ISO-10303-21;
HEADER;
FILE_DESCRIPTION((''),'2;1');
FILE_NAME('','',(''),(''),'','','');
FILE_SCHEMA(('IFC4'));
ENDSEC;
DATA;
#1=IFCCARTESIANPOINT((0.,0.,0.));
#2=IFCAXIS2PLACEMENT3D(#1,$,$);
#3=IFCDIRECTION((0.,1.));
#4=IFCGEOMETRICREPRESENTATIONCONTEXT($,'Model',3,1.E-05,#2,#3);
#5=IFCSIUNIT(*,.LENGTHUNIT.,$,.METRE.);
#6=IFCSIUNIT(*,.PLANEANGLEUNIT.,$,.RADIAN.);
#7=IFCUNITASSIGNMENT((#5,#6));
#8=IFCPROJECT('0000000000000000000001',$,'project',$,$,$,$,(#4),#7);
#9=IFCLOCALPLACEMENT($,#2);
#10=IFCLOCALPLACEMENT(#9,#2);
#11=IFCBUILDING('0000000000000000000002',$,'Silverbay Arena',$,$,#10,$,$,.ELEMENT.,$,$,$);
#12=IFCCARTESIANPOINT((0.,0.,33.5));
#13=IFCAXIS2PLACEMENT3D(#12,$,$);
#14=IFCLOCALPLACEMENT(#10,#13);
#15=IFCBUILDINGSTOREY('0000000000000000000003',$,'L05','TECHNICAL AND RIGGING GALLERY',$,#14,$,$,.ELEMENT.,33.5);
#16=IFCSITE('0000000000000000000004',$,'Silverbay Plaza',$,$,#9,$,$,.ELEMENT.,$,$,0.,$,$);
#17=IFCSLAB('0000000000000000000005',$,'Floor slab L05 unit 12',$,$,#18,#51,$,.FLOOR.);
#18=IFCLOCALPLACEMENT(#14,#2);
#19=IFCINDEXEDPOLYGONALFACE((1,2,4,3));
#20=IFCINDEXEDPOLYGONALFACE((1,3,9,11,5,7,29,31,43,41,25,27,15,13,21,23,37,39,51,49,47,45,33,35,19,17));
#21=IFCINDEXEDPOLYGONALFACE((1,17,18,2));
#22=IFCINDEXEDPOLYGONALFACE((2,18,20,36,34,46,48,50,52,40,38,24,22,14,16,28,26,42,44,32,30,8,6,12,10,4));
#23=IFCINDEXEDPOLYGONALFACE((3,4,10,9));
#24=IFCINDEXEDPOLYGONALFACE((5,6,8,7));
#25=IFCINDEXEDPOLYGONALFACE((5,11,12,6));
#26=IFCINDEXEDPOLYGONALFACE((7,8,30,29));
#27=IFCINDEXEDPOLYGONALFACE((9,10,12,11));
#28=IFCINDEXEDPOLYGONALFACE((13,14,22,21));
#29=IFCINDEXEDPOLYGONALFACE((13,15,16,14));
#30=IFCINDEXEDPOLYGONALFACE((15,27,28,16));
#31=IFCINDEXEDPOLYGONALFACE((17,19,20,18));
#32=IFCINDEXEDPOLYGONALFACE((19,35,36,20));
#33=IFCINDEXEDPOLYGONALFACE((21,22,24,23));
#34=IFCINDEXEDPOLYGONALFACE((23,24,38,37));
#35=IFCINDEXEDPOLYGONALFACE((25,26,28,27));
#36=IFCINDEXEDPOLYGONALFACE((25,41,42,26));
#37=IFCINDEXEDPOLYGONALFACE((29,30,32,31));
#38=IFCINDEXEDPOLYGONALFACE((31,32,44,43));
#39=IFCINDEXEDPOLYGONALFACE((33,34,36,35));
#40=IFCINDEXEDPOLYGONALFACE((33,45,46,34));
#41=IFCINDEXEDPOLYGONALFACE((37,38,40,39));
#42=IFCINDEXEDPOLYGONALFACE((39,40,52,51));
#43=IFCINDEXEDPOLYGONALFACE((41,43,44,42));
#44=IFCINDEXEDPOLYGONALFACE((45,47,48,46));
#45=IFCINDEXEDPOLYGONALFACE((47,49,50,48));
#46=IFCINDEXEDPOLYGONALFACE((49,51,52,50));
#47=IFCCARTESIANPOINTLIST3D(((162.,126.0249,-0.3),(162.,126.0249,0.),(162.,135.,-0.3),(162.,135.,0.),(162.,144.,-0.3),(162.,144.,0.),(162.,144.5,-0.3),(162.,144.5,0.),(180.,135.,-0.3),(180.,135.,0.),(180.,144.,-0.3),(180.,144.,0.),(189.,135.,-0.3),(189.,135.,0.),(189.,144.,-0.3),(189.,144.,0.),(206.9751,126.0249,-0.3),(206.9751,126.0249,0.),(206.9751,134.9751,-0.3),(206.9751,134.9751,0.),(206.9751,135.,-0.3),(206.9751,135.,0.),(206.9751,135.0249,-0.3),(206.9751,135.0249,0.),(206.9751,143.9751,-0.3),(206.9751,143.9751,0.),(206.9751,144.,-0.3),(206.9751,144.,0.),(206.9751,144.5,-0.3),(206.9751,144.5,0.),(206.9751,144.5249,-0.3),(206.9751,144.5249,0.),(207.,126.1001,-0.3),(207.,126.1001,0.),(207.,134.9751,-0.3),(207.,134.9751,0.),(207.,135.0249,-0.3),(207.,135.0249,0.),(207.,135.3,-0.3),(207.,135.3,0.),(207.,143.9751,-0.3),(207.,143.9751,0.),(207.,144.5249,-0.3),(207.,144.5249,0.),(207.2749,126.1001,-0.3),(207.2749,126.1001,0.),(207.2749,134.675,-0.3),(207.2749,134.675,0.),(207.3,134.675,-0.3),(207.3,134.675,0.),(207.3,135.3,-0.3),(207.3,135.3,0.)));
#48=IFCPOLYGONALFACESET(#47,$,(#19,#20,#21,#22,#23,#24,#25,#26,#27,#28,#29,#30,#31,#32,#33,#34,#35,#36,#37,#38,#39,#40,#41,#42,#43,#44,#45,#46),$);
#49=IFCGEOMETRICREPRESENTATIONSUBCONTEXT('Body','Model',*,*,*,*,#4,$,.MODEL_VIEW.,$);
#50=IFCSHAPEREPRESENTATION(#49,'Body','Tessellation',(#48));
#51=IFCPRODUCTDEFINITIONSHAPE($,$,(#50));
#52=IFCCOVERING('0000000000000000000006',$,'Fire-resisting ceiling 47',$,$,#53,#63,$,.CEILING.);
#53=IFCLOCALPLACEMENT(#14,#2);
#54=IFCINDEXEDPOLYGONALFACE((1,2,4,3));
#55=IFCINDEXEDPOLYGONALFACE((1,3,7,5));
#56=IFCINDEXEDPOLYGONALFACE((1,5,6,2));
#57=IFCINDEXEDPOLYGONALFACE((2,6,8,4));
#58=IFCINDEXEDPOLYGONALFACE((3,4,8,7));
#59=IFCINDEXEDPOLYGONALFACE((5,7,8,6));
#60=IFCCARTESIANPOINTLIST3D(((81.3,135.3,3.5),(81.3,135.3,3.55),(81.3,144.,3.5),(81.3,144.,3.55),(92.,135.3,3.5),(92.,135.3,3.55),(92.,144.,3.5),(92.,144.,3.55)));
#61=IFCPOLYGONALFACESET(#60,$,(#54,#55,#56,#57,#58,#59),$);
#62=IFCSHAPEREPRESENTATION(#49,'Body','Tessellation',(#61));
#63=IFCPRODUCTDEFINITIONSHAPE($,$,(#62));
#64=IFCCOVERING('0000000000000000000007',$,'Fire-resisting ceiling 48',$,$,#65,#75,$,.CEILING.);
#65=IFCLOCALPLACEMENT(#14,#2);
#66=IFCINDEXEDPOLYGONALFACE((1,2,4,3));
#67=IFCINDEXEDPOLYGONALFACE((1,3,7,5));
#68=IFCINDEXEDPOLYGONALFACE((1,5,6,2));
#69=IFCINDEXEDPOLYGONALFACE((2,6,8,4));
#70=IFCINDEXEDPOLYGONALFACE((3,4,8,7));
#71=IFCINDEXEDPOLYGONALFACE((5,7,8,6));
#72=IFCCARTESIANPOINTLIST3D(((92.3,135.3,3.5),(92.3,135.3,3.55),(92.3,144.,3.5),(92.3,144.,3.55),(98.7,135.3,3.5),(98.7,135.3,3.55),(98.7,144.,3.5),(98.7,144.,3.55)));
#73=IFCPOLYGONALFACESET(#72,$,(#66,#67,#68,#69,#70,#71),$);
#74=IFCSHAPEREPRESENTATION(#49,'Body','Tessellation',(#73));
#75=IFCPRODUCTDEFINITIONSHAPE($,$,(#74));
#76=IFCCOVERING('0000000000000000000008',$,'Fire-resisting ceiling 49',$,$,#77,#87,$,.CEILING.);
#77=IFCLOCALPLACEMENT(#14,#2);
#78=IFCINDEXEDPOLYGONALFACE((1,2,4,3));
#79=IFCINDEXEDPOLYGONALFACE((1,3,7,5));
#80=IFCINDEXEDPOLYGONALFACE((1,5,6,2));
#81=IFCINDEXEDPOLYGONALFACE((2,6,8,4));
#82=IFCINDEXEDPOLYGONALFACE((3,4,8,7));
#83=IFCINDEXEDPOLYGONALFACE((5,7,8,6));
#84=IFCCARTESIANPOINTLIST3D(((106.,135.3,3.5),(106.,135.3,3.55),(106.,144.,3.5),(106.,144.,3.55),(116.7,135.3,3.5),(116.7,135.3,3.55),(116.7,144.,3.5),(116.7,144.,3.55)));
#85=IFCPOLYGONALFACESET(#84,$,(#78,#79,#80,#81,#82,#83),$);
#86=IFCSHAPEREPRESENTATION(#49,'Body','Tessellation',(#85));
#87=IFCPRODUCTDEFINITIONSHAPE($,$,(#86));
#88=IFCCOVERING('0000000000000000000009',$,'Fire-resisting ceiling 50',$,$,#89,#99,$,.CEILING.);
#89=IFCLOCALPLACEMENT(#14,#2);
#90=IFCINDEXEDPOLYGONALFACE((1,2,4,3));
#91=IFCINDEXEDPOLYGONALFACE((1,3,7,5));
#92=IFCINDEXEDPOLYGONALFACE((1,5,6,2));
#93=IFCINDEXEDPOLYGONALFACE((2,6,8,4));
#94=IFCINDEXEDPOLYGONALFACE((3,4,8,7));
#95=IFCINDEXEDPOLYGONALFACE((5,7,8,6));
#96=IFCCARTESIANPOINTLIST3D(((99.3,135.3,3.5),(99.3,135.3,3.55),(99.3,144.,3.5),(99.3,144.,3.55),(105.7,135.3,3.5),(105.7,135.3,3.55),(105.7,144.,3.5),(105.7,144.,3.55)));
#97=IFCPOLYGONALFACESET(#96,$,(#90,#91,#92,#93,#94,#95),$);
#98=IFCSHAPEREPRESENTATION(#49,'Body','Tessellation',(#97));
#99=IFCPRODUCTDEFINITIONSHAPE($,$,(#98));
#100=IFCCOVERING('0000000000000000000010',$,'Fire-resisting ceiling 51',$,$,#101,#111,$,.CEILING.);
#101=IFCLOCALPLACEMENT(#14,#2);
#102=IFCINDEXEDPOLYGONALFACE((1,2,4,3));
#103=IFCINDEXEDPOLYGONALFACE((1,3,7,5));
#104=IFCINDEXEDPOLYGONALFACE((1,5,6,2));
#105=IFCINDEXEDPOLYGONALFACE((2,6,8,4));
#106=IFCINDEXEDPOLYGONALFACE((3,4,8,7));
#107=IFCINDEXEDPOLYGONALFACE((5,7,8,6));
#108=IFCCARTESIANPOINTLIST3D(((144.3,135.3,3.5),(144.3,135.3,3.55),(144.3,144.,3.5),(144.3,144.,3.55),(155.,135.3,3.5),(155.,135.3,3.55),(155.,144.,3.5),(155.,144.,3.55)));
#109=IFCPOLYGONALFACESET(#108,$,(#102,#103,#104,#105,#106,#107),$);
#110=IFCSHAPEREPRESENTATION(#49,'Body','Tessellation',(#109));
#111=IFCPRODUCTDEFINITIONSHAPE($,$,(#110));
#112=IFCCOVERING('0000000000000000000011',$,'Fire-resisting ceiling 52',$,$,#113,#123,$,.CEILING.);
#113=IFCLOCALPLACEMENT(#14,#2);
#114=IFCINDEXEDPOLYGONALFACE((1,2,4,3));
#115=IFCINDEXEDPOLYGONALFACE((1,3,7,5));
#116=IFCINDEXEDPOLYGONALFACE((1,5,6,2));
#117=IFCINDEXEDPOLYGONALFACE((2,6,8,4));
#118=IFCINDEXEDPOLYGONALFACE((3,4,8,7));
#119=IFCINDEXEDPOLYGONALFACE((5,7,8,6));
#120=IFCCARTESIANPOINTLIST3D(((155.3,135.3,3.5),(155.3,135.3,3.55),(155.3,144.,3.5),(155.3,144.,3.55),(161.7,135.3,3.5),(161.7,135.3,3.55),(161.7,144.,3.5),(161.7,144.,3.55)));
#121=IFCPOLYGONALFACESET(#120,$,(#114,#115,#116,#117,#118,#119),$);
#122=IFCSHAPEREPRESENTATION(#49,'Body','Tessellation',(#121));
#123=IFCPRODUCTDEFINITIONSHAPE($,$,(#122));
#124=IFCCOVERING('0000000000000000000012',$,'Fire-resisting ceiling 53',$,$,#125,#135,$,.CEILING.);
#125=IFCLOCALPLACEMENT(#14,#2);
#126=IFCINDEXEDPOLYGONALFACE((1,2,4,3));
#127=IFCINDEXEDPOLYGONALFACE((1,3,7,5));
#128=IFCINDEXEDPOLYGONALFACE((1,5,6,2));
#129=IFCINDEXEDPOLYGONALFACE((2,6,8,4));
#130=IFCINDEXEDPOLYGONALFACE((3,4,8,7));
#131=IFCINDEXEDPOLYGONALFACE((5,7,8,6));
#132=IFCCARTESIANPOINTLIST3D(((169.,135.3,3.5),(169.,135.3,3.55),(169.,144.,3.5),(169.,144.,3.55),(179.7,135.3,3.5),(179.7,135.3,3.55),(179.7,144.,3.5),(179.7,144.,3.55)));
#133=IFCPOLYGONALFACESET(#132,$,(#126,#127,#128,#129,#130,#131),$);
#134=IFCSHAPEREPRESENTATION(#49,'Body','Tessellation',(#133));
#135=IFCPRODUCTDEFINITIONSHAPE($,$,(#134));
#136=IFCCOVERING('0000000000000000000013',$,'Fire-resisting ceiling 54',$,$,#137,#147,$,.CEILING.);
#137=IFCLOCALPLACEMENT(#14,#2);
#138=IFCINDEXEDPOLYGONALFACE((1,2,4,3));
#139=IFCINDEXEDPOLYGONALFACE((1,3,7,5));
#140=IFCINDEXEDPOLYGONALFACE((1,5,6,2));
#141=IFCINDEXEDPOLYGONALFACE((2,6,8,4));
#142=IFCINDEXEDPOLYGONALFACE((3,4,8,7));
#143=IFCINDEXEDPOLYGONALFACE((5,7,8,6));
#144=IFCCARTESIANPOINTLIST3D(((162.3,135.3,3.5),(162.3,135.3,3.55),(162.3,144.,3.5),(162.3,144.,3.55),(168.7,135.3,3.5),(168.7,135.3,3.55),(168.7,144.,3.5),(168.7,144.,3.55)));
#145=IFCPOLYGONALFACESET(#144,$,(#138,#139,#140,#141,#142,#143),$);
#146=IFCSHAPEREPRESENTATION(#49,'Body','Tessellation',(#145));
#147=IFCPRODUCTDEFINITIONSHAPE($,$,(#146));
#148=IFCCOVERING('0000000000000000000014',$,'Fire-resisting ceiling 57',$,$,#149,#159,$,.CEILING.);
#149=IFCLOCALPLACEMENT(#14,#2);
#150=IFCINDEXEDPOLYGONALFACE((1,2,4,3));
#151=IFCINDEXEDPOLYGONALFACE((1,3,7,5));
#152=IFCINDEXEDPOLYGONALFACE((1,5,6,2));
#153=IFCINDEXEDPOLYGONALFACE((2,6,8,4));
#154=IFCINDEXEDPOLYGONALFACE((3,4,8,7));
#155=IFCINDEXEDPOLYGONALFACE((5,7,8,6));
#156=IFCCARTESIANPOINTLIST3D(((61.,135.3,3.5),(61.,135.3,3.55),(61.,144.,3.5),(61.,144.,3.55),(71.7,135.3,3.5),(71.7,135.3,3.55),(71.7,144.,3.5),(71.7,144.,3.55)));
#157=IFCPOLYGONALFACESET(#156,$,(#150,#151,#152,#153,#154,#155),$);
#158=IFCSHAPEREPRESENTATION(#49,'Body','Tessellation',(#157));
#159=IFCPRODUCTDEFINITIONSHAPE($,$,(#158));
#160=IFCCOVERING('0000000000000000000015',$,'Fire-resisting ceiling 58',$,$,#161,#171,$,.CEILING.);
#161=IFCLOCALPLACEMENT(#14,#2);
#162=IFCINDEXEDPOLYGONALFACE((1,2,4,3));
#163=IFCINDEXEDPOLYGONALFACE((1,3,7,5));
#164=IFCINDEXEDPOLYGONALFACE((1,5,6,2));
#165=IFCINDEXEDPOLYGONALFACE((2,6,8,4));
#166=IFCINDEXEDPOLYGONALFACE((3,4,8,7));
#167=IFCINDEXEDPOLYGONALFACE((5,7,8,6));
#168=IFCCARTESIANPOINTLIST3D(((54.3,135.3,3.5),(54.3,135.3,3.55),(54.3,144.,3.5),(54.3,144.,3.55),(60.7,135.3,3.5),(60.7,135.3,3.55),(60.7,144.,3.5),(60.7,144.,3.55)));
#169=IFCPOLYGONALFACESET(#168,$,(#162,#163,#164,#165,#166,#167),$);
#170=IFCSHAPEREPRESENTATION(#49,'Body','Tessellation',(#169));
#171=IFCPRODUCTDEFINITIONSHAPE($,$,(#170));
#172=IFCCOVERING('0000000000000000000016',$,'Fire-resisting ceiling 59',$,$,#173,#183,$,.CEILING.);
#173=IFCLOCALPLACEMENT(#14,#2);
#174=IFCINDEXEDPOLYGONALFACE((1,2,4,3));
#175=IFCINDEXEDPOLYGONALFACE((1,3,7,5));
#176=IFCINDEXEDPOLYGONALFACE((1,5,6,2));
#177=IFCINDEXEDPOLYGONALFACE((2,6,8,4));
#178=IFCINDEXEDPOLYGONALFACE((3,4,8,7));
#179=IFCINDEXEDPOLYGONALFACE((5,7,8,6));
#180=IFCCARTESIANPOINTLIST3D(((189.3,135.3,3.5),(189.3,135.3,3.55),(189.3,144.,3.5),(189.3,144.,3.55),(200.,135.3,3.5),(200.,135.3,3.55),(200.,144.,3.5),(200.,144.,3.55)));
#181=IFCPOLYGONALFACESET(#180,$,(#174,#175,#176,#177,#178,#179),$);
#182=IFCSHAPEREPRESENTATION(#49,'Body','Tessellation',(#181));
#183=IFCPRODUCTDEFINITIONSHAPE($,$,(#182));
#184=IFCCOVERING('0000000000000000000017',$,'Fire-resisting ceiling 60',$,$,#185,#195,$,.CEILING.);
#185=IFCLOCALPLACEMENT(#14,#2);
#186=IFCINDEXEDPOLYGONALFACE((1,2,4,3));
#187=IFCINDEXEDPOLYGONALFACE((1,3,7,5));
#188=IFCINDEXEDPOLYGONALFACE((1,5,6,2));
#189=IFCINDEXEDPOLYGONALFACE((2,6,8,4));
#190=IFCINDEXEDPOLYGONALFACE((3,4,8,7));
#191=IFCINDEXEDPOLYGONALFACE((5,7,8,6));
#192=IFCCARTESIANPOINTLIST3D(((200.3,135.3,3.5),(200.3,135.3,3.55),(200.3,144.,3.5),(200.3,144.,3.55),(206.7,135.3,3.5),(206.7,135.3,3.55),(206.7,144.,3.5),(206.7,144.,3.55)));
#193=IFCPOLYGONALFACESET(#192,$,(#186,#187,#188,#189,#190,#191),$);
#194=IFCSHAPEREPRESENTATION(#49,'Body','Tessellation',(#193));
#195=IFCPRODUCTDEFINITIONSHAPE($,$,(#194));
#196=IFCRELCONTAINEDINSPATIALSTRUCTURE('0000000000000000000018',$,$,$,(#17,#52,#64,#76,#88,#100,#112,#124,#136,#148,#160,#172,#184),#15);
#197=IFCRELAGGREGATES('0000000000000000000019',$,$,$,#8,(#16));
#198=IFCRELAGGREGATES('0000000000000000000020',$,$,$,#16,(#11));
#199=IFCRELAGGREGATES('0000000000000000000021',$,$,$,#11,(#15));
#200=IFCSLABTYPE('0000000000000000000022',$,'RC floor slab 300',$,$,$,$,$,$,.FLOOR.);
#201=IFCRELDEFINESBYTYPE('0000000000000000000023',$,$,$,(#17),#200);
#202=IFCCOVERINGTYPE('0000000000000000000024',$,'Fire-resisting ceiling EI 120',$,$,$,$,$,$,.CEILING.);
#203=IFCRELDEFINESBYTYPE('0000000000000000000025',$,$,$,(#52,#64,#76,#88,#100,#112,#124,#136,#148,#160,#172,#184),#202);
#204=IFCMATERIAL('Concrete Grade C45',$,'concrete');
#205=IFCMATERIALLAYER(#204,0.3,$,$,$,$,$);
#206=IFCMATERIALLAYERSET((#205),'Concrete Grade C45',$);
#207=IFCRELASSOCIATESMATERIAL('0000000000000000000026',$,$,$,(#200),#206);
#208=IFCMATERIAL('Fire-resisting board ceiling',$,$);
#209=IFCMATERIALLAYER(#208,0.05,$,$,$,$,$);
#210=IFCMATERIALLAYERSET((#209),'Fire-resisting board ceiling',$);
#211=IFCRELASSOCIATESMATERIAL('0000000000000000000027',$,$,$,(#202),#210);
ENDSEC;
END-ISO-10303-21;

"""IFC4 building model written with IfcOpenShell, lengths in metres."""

from ifc_helpers import new_model, si_unit, direction, frame, origin, place, context, subcontext, project, spatial, polyline, outline, extrude, material, layer, layer_set, type_object, element, save


model = new_model("IFC4")

# Units and contexts
model_context = context("Model", 3, precision=1e-05, world=origin(), true_north=direction((0.0, 1.0)))
body_context = subcontext(model_context, "Body", "Model", "MODEL_VIEW")
ifc_project = project(units=[si_unit("LENGTHUNIT", "METRE"), si_unit("PLANEANGLEUNIT", "RADIAN")], contexts=[model_context])

# Site, building, storey
site_placement = place(None, origin())
site = spatial("IfcSite", under=ifc_project, at=site_placement, Name="Silverbay Plaza", CompositionType="ELEMENT", RefElevation=0.0)
building_placement = place(site_placement, origin())
building = spatial("IfcBuilding", under=site, at=building_placement, Name="Silverbay Arena", CompositionType="ELEMENT")
storey_placement = place(building_placement, frame((0.0, 0.0, 33.5)))
storey = spatial("IfcBuildingStorey", under=building, at=storey_placement, Name="L05", Description="TECHNICAL AND RIGGING GALLERY", CompositionType="ELEMENT", Elevation=33.5)

# Slab
ifc_material_1 = material(Name="Concrete Grade C45", Category="concrete")
ifc_layer_1 = layer(ifc_material_1, 0.3)
ifc_layer_set_1 = layer_set([ifc_layer_1], Name="Concrete Grade C45")
slab_type = type_object("IfcSlabType", Name="RC floor slab 300", PredefinedType="FLOOR", material=ifc_layer_set_1)
slab_placement = place(storey_placement, frame((0.0, 0.0, -0.3)))
element("IfcSlab", 1, at=slab_placement, inside=storey, type_object=slab_type, Name="Floor slab L05 unit 12", PredefinedType="FLOOR", context=body_context, shape_type="SweptSolid", body=[
    extrude(outline(polyline([(207.3, 134.675), (207.2749, 134.675), (207.2749, 126.1001), (207.0, 126.1001), (207.0, 134.9751), (206.9751, 134.9751), (206.9751, 126.0249), (162.0, 126.0249), (162.0, 135.0), (180.0, 135.0), (180.0, 144.0), (162.0, 144.0), (162.0, 144.5), (206.9751, 144.5), (206.9751, 144.5249), (207.0, 144.5249), (207.0, 143.9751), (206.9751, 143.9751), (206.9751, 144.0), (189.0, 144.0), (189.0, 135.0), (206.9751, 135.0), (206.9751, 135.0249), (207.0, 135.0249), (207.0, 135.3), (207.3, 135.3), (207.3, 134.675)])), origin(), (0.0, 0.0, 1.0), 0.3),
])

# Coverings
ifc_material_2 = material(Name="Fire-resisting board ceiling")
ifc_layer_2 = layer(ifc_material_2, 0.05)
ifc_layer_set_2 = layer_set([ifc_layer_2], Name="Fire-resisting board ceiling")
covering_type = type_object("IfcCoveringType", Name="Fire-resisting ceiling EI 120", PredefinedType="CEILING", material=ifc_layer_set_2)
covering_1_placement = place(storey_placement, frame((0.0, 0.0, 3.5)))
element("IfcCovering", 2, at=covering_1_placement, inside=storey, type_object=covering_type, Name="Fire-resisting ceiling 47", PredefinedType="CEILING", context=body_context, shape_type="SweptSolid", body=[
    extrude(outline(polyline([(81.3, 144.0), (81.3, 135.3), (92.0, 135.3), (92.0, 144.0), (81.3, 144.0)])), origin(), (0.0, 0.0, 1.0), 0.05),
])
covering_2_placement = place(storey_placement, frame((0.0, 0.0, 3.5)))
element("IfcCovering", 3, at=covering_2_placement, inside=storey, type_object=covering_type, Name="Fire-resisting ceiling 48", PredefinedType="CEILING", context=body_context, shape_type="SweptSolid", body=[
    extrude(outline(polyline([(92.3, 144.0), (92.3, 135.3), (98.7, 135.3), (98.7, 144.0), (92.3, 144.0)])), origin(), (0.0, 0.0, 1.0), 0.05),
])
covering_3_placement = place(storey_placement, frame((0.0, 0.0, 3.5)))
element("IfcCovering", 4, at=covering_3_placement, inside=storey, type_object=covering_type, Name="Fire-resisting ceiling 49", PredefinedType="CEILING", context=body_context, shape_type="SweptSolid", body=[
    extrude(outline(polyline([(106.0, 144.0), (106.0, 135.3), (116.7, 135.3), (116.7, 144.0), (106.0, 144.0)])), origin(), (0.0, 0.0, 1.0), 0.05),
])
covering_4_placement = place(storey_placement, frame((0.0, 0.0, 3.5)))
element("IfcCovering", 5, at=covering_4_placement, inside=storey, type_object=covering_type, Name="Fire-resisting ceiling 50", PredefinedType="CEILING", context=body_context, shape_type="SweptSolid", body=[
    extrude(outline(polyline([(99.3, 144.0), (99.3, 135.3), (105.7, 135.3), (105.7, 144.0), (99.3, 144.0)])), origin(), (0.0, 0.0, 1.0), 0.05),
])
covering_5_placement = place(storey_placement, frame((0.0, 0.0, 3.5)))
element("IfcCovering", 6, at=covering_5_placement, inside=storey, type_object=covering_type, Name="Fire-resisting ceiling 51", PredefinedType="CEILING", context=body_context, shape_type="SweptSolid", body=[
    extrude(outline(polyline([(144.3, 144.0), (144.3, 135.3), (155.0, 135.3), (155.0, 144.0), (144.3, 144.0)])), origin(), (0.0, 0.0, 1.0), 0.05),
])
covering_6_placement = place(storey_placement, frame((0.0, 0.0, 3.5)))
element("IfcCovering", 7, at=covering_6_placement, inside=storey, type_object=covering_type, Name="Fire-resisting ceiling 52", PredefinedType="CEILING", context=body_context, shape_type="SweptSolid", body=[
    extrude(outline(polyline([(155.3, 144.0), (155.3, 135.3), (161.7, 135.3), (161.7, 144.0), (155.3, 144.0)])), origin(), (0.0, 0.0, 1.0), 0.05),
])
covering_7_placement = place(storey_placement, frame((0.0, 0.0, 3.5)))
element("IfcCovering", 8, at=covering_7_placement, inside=storey, type_object=covering_type, Name="Fire-resisting ceiling 53", PredefinedType="CEILING", context=body_context, shape_type="SweptSolid", body=[
    extrude(outline(polyline([(169.0, 144.0), (169.0, 135.3), (179.7, 135.3), (179.7, 144.0), (169.0, 144.0)])), origin(), (0.0, 0.0, 1.0), 0.05),
])
covering_8_placement = place(storey_placement, frame((0.0, 0.0, 3.5)))
element("IfcCovering", 9, at=covering_8_placement, inside=storey, type_object=covering_type, Name="Fire-resisting ceiling 54", PredefinedType="CEILING", context=body_context, shape_type="SweptSolid", body=[
    extrude(outline(polyline([(162.3, 144.0), (162.3, 135.3), (168.7, 135.3), (168.7, 144.0), (162.3, 144.0)])), origin(), (0.0, 0.0, 1.0), 0.05),
])
covering_9_placement = place(storey_placement, frame((0.0, 0.0, 3.5)))
element("IfcCovering", 10, at=covering_9_placement, inside=storey, type_object=covering_type, Name="Fire-resisting ceiling 57", PredefinedType="CEILING", context=body_context, shape_type="SweptSolid", body=[
    extrude(outline(polyline([(61.0, 144.0), (61.0, 135.3), (71.7, 135.3), (71.7, 144.0), (61.0, 144.0)])), origin(), (0.0, 0.0, 1.0), 0.05),
])
covering_10_placement = place(storey_placement, frame((0.0, 0.0, 3.5)))
element("IfcCovering", 11, at=covering_10_placement, inside=storey, type_object=covering_type, Name="Fire-resisting ceiling 58", PredefinedType="CEILING", context=body_context, shape_type="SweptSolid", body=[
    extrude(outline(polyline([(54.3, 144.0), (54.3, 135.3), (60.7, 135.3), (60.7, 144.0), (54.3, 144.0)])), origin(), (0.0, 0.0, 1.0), 0.05),
])
covering_11_placement = place(storey_placement, frame((0.0, 0.0, 3.5)))
element("IfcCovering", 12, at=covering_11_placement, inside=storey, type_object=covering_type, Name="Fire-resisting ceiling 59", PredefinedType="CEILING", context=body_context, shape_type="SweptSolid", body=[
    extrude(outline(polyline([(189.3, 144.0), (189.3, 135.3), (200.0, 135.3), (200.0, 144.0), (189.3, 144.0)])), origin(), (0.0, 0.0, 1.0), 0.05),
])
covering_12_placement = place(storey_placement, frame((0.0, 0.0, 3.5)))
element("IfcCovering", 13, at=covering_12_placement, inside=storey, type_object=covering_type, Name="Fire-resisting ceiling 60", PredefinedType="CEILING", context=body_context, shape_type="SweptSolid", body=[
    extrude(outline(polyline([(200.3, 144.0), (200.3, 135.3), (206.7, 135.3), (206.7, 144.0), (200.3, 144.0)])), origin(), (0.0, 0.0, 1.0), 0.05),
])

save(model, "model.ifc")
